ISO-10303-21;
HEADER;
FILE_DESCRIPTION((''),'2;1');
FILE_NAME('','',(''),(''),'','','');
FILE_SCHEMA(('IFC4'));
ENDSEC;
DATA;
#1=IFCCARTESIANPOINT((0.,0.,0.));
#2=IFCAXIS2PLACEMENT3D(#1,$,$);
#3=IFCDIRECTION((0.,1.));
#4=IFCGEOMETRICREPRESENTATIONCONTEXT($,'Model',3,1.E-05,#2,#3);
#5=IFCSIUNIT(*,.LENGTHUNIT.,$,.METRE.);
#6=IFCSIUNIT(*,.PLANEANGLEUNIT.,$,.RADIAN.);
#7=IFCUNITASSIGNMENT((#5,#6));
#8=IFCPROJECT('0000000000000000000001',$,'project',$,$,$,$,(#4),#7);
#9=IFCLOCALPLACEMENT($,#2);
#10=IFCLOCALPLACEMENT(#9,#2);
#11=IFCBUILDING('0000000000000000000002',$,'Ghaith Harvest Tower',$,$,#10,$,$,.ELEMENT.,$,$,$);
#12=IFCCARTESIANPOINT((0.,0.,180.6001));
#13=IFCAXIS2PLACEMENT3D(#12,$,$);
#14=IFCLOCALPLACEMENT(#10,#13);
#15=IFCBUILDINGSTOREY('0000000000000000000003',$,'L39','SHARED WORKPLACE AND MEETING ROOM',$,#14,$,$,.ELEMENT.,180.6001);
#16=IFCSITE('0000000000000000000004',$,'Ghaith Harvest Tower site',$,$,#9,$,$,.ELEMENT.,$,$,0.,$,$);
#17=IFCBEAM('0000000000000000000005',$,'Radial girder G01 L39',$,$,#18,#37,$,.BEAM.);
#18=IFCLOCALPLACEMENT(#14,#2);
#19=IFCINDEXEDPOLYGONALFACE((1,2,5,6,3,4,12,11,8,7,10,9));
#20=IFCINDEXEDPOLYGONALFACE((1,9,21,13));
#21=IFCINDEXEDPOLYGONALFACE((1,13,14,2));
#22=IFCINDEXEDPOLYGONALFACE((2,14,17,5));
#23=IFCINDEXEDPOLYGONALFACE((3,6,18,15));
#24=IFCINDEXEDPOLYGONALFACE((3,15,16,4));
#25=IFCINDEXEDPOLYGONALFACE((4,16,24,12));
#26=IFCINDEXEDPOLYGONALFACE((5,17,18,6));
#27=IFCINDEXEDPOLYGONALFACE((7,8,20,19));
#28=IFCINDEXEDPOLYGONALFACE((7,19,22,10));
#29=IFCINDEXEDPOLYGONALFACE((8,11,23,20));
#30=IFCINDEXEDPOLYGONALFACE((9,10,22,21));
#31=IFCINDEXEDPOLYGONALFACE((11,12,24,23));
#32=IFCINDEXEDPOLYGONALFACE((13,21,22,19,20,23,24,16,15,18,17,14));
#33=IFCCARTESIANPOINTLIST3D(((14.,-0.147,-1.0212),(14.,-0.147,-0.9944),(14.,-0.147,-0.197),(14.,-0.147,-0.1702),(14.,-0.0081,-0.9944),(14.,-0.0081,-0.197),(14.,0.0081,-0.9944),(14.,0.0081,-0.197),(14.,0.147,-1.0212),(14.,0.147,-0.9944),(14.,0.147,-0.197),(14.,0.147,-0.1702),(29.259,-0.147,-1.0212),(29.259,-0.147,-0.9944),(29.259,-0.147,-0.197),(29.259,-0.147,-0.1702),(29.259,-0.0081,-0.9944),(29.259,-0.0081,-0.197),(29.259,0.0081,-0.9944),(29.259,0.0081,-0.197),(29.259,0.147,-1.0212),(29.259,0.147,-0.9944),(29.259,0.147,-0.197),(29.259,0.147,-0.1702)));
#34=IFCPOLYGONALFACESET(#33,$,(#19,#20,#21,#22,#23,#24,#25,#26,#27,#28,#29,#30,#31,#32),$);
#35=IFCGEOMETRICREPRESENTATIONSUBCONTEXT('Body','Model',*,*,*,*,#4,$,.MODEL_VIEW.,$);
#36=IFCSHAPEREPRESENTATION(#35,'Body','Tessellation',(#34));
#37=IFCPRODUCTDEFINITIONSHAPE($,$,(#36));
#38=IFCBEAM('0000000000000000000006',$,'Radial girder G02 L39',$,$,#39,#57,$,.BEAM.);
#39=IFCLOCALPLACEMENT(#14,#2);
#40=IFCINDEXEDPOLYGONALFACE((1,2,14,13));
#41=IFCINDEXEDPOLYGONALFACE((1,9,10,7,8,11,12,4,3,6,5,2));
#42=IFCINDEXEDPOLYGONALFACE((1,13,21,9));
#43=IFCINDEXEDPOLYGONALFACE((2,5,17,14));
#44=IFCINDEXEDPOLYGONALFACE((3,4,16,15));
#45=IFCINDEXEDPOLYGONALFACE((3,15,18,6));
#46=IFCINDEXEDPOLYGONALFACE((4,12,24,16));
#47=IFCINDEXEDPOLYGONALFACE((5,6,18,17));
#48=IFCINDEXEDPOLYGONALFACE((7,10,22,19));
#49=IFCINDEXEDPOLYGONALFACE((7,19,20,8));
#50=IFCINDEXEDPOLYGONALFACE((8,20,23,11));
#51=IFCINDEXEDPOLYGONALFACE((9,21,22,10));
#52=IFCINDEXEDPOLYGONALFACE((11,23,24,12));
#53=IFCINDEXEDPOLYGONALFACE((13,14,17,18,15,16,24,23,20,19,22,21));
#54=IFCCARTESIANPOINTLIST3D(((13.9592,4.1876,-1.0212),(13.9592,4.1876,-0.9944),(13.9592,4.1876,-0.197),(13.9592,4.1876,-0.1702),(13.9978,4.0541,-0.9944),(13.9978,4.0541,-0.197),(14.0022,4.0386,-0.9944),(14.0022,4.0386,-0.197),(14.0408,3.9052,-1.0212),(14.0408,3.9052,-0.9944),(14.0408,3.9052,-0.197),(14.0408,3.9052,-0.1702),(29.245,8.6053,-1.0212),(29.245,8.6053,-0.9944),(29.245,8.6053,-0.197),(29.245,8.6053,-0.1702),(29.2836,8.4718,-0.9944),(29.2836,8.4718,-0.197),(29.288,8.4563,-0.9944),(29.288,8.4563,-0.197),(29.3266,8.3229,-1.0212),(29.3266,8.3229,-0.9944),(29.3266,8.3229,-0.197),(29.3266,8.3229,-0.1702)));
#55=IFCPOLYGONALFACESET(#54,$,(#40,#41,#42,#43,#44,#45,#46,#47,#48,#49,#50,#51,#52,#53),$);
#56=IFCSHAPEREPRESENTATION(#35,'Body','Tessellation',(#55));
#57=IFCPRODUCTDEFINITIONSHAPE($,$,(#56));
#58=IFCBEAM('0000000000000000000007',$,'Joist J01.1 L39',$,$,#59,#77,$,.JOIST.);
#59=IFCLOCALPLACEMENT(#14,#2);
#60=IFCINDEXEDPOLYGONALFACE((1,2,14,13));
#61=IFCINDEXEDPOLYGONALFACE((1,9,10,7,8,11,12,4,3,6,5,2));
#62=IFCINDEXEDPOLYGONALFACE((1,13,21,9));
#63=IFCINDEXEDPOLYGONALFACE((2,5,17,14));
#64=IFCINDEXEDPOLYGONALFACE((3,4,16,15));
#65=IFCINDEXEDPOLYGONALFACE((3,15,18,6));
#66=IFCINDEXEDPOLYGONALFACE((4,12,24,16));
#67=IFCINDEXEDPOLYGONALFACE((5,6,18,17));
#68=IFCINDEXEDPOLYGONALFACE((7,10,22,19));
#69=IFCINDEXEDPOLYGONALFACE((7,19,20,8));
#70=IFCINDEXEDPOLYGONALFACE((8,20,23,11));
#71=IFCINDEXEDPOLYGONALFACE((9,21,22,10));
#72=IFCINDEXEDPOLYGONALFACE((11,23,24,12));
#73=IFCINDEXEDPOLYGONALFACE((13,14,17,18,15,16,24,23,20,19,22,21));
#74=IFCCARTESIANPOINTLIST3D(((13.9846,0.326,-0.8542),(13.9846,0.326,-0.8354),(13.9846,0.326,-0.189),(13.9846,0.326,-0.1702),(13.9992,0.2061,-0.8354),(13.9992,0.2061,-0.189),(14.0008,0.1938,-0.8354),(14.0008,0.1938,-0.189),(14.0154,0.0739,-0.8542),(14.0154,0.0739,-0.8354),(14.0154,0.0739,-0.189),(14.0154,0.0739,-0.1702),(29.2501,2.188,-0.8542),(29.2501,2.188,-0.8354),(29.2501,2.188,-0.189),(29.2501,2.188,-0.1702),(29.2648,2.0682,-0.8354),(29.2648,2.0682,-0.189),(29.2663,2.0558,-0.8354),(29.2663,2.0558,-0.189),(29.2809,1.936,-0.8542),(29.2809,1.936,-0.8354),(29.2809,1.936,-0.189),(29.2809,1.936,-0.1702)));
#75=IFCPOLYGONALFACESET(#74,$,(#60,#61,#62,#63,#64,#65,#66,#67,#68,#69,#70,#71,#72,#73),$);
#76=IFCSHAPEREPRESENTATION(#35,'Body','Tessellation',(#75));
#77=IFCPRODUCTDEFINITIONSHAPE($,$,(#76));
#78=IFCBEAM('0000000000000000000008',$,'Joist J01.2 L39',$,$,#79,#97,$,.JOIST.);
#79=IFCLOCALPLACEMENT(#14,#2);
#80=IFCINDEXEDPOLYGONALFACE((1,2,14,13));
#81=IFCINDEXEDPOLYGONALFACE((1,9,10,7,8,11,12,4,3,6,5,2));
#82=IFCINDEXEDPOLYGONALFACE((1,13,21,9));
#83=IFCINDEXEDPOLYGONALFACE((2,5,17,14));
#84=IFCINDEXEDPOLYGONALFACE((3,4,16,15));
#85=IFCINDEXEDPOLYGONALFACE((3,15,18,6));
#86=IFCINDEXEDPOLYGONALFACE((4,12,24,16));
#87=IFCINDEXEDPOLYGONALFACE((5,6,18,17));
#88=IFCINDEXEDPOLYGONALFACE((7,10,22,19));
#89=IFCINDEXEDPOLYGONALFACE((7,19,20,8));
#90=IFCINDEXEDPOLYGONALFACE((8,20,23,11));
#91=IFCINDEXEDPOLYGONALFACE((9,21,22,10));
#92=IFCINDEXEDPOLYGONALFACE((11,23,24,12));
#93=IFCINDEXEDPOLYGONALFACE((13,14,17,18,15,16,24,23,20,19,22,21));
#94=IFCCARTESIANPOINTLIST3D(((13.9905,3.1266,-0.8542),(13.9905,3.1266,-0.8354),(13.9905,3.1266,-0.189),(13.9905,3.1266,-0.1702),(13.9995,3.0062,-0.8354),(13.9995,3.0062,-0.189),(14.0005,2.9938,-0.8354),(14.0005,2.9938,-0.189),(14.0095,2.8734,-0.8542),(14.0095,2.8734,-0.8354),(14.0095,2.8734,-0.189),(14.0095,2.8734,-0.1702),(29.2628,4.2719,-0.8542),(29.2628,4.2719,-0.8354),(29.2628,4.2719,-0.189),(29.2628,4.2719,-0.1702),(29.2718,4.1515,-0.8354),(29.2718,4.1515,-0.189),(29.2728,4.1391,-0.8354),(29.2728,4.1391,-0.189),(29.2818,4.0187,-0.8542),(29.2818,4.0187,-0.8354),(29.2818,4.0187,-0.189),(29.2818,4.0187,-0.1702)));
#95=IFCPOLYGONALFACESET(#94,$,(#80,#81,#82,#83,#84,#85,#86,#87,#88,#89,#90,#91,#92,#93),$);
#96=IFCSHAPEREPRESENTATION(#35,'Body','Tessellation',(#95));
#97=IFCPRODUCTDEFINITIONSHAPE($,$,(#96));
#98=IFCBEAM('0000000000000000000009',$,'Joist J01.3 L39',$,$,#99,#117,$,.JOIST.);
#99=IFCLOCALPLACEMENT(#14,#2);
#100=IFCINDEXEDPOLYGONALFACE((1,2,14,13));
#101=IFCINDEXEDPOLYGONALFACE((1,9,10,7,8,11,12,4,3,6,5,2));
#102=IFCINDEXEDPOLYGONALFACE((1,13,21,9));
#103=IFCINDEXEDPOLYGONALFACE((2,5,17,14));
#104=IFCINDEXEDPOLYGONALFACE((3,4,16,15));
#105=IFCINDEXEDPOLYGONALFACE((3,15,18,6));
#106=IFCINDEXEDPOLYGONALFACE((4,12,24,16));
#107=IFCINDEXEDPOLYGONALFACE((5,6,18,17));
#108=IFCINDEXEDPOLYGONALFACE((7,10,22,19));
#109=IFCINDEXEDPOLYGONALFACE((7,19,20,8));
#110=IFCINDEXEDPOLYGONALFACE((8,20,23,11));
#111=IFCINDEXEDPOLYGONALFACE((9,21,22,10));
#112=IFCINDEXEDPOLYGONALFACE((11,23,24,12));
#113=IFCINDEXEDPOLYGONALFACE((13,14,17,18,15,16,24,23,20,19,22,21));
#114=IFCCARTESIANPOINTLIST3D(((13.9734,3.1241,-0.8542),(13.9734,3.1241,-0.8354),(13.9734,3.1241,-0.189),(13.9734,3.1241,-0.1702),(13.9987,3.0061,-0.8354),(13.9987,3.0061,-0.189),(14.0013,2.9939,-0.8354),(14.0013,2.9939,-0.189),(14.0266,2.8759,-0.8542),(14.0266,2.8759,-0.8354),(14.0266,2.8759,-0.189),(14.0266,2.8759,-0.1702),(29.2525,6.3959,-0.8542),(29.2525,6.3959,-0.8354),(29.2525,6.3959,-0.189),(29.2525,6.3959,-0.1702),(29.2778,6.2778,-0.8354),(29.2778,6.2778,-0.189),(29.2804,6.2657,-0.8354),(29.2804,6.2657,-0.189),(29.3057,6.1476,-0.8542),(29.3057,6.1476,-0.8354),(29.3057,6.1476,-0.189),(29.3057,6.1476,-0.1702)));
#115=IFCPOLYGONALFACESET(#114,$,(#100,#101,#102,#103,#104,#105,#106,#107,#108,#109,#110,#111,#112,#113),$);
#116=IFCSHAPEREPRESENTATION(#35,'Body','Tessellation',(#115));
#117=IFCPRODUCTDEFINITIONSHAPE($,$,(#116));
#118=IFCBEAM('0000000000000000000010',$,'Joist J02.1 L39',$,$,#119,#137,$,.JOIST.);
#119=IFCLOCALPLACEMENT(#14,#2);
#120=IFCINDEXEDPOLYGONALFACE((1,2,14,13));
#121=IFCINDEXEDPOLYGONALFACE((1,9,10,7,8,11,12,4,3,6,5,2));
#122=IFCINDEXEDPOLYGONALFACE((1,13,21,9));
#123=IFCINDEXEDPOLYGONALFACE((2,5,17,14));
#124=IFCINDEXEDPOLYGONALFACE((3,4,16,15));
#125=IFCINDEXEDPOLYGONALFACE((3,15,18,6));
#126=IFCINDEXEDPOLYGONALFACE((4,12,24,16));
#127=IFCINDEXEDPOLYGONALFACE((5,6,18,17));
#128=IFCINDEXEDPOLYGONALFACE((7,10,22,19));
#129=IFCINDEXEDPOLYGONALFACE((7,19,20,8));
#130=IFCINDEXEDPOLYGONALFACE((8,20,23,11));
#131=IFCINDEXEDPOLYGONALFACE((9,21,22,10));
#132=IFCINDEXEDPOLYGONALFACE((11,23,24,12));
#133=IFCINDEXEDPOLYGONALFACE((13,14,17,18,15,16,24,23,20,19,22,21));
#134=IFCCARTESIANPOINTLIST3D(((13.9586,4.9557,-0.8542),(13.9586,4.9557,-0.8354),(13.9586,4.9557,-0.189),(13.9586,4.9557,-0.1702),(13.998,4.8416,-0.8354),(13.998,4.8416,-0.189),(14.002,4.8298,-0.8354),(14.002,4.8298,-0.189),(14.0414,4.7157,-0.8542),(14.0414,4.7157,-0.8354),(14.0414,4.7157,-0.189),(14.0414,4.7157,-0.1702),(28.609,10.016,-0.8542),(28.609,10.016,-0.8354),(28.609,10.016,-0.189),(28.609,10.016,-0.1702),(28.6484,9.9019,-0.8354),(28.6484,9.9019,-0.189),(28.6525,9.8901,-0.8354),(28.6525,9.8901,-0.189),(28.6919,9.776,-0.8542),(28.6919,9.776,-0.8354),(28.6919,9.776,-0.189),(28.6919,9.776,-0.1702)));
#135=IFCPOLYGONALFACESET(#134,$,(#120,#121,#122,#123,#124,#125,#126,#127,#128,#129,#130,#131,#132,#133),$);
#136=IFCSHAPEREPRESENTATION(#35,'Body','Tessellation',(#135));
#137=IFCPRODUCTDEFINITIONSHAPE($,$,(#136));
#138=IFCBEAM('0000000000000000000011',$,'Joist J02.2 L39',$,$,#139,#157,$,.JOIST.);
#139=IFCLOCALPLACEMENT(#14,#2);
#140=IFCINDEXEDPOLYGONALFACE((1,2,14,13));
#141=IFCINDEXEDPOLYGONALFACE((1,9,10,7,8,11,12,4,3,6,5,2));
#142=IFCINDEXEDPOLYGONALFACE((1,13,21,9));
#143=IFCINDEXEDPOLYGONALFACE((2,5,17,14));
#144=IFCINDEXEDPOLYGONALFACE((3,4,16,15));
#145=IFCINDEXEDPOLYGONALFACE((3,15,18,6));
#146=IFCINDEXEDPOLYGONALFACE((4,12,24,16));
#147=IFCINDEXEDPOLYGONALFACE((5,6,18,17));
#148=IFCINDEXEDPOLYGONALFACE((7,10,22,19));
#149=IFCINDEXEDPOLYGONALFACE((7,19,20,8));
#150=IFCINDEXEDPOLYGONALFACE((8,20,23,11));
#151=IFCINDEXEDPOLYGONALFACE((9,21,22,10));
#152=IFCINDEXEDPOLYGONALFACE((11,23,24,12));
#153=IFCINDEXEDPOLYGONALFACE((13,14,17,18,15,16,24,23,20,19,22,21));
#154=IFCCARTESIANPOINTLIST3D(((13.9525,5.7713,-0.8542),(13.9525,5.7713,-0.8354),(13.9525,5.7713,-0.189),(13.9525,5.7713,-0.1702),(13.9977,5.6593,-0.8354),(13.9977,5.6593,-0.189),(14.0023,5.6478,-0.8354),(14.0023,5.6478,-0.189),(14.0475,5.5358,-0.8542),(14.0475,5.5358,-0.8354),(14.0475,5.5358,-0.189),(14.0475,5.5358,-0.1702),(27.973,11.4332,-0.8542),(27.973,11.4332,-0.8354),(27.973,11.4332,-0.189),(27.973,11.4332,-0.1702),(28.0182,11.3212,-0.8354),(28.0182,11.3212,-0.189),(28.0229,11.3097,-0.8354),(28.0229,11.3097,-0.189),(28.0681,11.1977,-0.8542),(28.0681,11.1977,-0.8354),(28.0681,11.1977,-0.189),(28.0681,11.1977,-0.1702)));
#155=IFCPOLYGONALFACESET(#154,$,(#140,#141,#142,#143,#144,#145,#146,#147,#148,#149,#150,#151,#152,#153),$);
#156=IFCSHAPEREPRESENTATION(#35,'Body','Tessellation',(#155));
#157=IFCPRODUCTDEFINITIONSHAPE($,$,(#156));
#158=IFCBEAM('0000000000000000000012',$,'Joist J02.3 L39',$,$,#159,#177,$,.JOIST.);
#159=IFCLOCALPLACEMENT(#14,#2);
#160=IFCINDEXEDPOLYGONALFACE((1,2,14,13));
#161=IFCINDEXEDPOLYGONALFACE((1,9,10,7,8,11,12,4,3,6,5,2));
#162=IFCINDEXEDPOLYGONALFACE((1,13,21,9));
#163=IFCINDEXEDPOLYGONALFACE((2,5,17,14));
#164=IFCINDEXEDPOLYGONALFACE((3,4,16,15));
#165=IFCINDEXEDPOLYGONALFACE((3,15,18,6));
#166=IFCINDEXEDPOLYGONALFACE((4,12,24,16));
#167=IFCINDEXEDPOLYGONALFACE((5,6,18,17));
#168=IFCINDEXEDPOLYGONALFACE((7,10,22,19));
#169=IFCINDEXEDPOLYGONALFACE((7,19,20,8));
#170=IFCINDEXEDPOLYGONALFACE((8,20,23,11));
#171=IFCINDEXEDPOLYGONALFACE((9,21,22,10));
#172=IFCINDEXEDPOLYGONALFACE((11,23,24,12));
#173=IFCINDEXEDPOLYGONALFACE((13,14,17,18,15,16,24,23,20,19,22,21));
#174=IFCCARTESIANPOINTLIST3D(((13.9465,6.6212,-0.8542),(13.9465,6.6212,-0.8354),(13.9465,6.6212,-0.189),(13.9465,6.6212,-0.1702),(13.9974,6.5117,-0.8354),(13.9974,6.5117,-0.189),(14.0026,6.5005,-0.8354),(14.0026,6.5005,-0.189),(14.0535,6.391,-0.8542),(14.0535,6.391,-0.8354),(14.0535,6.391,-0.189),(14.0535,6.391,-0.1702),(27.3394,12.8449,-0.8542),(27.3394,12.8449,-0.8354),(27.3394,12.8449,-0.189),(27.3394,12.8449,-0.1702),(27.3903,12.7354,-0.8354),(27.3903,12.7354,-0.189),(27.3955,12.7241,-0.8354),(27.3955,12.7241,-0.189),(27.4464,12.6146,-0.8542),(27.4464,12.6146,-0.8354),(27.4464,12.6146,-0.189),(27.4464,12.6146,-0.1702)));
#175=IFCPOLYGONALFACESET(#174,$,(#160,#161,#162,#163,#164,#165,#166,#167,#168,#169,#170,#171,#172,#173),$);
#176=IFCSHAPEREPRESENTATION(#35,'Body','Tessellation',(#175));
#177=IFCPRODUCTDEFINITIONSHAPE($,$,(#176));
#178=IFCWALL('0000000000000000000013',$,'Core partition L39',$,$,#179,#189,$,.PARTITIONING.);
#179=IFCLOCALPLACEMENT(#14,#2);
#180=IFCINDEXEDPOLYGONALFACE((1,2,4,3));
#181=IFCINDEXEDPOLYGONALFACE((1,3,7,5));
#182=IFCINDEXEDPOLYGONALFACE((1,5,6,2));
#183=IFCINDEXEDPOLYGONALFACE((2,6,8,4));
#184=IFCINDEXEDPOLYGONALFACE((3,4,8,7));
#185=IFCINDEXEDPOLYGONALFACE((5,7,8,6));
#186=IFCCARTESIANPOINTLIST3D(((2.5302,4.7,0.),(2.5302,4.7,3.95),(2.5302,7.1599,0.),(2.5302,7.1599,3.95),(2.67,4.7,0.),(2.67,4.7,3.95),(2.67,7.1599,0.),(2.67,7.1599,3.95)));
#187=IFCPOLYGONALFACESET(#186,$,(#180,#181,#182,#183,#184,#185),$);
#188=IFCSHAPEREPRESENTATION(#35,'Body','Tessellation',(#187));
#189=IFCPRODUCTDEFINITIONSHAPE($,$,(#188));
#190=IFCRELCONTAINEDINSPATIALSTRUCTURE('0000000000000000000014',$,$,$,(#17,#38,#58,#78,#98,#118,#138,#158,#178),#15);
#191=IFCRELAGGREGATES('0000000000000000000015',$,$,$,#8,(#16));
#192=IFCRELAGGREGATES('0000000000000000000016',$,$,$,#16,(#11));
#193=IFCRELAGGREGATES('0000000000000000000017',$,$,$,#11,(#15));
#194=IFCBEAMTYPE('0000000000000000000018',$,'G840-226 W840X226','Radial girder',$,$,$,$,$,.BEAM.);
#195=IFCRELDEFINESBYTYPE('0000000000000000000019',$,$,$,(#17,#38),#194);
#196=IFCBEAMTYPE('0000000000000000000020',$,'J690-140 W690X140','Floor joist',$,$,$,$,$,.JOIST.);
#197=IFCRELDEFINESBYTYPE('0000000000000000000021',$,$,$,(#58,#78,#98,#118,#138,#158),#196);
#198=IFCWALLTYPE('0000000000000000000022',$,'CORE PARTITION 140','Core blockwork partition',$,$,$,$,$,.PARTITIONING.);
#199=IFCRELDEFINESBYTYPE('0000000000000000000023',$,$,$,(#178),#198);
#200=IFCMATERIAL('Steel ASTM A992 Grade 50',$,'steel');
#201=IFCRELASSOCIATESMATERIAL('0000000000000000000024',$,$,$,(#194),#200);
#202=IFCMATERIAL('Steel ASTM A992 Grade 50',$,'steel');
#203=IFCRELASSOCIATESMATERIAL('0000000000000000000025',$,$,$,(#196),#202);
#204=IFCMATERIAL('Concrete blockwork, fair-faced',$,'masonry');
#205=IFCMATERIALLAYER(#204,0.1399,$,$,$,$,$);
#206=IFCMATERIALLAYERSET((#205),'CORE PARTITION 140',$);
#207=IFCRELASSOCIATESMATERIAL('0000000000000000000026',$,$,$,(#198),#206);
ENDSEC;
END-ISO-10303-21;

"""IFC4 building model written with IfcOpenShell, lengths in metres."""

from ifc_helpers import new_model, si_unit, direction, frame, frame_2d, origin, origin_2d, place, context, subcontext, project, spatial, rectangle, i_section, extrude, material, layer, layer_set, material_profile, profile_set, type_object, element, save


model = new_model("IFC4")

# Units and contexts
model_context = context("Model", 3, precision=1e-05, world=origin(), true_north=direction((0.0, 1.0)))
body_context = subcontext(model_context, "Body", "Model", "MODEL_VIEW")
ifc_project = project(units=[si_unit("LENGTHUNIT", "METRE"), si_unit("PLANEANGLEUNIT", "RADIAN")], contexts=[model_context])

# Site, building, storey
site_placement = place(None, origin())
site = spatial("IfcSite", under=ifc_project, at=site_placement, Name="Ghaith Harvest Tower site", CompositionType="ELEMENT", RefElevation=0.0)
building_placement = place(site_placement, origin())
building = spatial("IfcBuilding", under=site, at=building_placement, Name="Ghaith Harvest Tower", CompositionType="ELEMENT")
storey_placement = place(building_placement, frame((0.0, 0.0, 180.6001)))
storey = spatial("IfcBuildingStorey", under=building, at=storey_placement, Name="L39", Description="SHARED WORKPLACE AND MEETING ROOM", CompositionType="ELEMENT", Elevation=180.6001)

# Beams
ifc_material_1 = material(Name="Steel ASTM A992 Grade 50", Category="steel")
ifc_material_profile_1 = material_profile(ifc_material_1, i_section(OverallWidth=0.2939, OverallDepth=0.8511, WebThickness=0.0161, FlangeThickness=0.0269, at=origin_2d()), Name="W840X226")
ifc_profile_set_1 = profile_set([ifc_material_profile_1], Name="Steel ASTM A992 Grade 50")
beam_type_1 = type_object("IfcBeamType", Name="G840-226 W840X226", Description="Radial girder", PredefinedType="BEAM", material=ifc_profile_set_1)
beam_1_placement = place(storey_placement, frame((14.0, 0.0, -0.5957), z_axis=(1.0, 0.0, 0.0), x_axis=(0.0, 1.0, 0.0)))
element("IfcBeam", 1, at=beam_1_placement, inside=storey, type_object=beam_type_1, Name="Radial girder G01 L39", PredefinedType="BEAM", context=body_context, shape_type="SweptSolid", body=[
    extrude(i_section(OverallWidth=0.2939, OverallDepth=0.8511, WebThickness=0.0161, FlangeThickness=0.0269, at=origin_2d()), origin(), (0.0, 0.0, 1.0), 15.259),
])
beam_2_placement = place(storey_placement, frame((14.0, 4.0464, -0.5957), z_axis=(0.960684, 0.277644, 0.0), x_axis=(-0.277644, 0.960684, 0.0)))
element("IfcBeam", 2, at=beam_2_placement, inside=storey, type_object=beam_type_1, Name="Radial girder G02 L39", PredefinedType="BEAM", context=body_context, shape_type="SweptSolid", body=[
    extrude(i_section(OverallWidth=0.2939, OverallDepth=0.8511, WebThickness=0.0161, FlangeThickness=0.0269, at=origin_2d()), origin(), (0.0, 0.0, 1.0), 15.9114),
])
ifc_material_2 = material(Name="Steel ASTM A992 Grade 50", Category="steel")
ifc_material_profile_2 = material_profile(ifc_material_2, i_section(OverallWidth=0.2539, OverallDepth=0.6841, WebThickness=0.0125, FlangeThickness=0.0188, at=origin_2d()), Name="W690X140")
ifc_profile_set_2 = profile_set([ifc_material_profile_2], Name="Steel ASTM A992 Grade 50")
beam_type_2 = type_object("IfcBeamType", Name="J690-140 W690X140", Description="Floor joist", PredefinedType="JOIST", material=ifc_profile_set_2)
beam_3_placement = place(storey_placement, frame((14.0, 0.2, -0.5122), z_axis=(0.992643, 0.12108, 0.0), x_axis=(-0.12108, 0.992643, 0.0)))
element("IfcBeam", 3, at=beam_3_placement, inside=storey, type_object=beam_type_2, Name="Joist J01.1 L39", PredefinedType="JOIST", context=body_context, shape_type="SweptSolid", body=[
    extrude(i_section(OverallWidth=0.2539, OverallDepth=0.6841, WebThickness=0.0125, FlangeThickness=0.0188, at=origin_2d()), origin(), (0.0, 0.0, 1.0), 15.3787),
])
beam_4_placement = place(storey_placement, frame((14.0, 3.0, -0.5122), z_axis=(0.9972, 0.07478, 0.0), x_axis=(-0.07478, 0.9972, 0.0)))
element("IfcBeam", 4, at=beam_4_placement, inside=storey, type_object=beam_type_2, Name="Joist J01.2 L39", PredefinedType="JOIST", context=body_context, shape_type="SweptSolid", body=[
    extrude(i_section(OverallWidth=0.2539, OverallDepth=0.6841, WebThickness=0.0125, FlangeThickness=0.0188, at=origin_2d()), origin(), (0.0, 0.0, 1.0), 15.3152),
])
beam_5_placement = place(storey_placement, frame((14.0, 3.0, -0.5122), z_axis=(0.977833, 0.209385, 0.0), x_axis=(-0.209385, 0.977833, 0.0)))
element("IfcBeam", 5, at=beam_5_placement, inside=storey, type_object=beam_type_2, Name="Joist J01.3 L39", PredefinedType="JOIST", context=body_context, shape_type="SweptSolid", body=[
    extrude(i_section(OverallWidth=0.2539, OverallDepth=0.6841, WebThickness=0.0125, FlangeThickness=0.0188, at=origin_2d()), origin(), (0.0, 0.0, 1.0), 15.6255),
])
beam_6_placement = place(storey_placement, frame((14.0, 4.8357, -0.5122), z_axis=(0.945205, 0.326478, 0.0), x_axis=(-0.326478, 0.945205, 0.0)))
element("IfcBeam", 6, at=beam_6_placement, inside=storey, type_object=beam_type_2, Name="Joist J02.1 L39", PredefinedType="JOIST", context=body_context, shape_type="SweptSolid", body=[
    extrude(i_section(OverallWidth=0.2539, OverallDepth=0.6841, WebThickness=0.0125, FlangeThickness=0.0188, at=origin_2d()), origin(), (0.0, 0.0, 1.0), 15.4998),
])
beam_7_placement = place(storey_placement, frame((14.0, 5.6536, -0.5122), z_axis=(0.927248, 0.374448, 0.0), x_axis=(-0.374448, 0.927248, 0.0)))
element("IfcBeam", 7, at=beam_7_placement, inside=storey, type_object=beam_type_2, Name="Joist J02.2 L39", PredefinedType="JOIST", context=body_context, shape_type="SweptSolid", body=[
    extrude(i_section(OverallWidth=0.2539, OverallDepth=0.6841, WebThickness=0.0125, FlangeThickness=0.0188, at=origin_2d()), origin(), (0.0, 0.0, 1.0), 15.1206),
])
beam_8_placement = place(storey_placement, frame((14.0, 6.5061, -0.5122), z_axis=(0.906866, 0.42142, 0.0), x_axis=(-0.42142, 0.906866, 0.0)))
element("IfcBeam", 8, at=beam_8_placement, inside=storey, type_object=beam_type_2, Name="Joist J02.3 L39", PredefinedType="JOIST", context=body_context, shape_type="SweptSolid", body=[
    extrude(i_section(OverallWidth=0.2539, OverallDepth=0.6841, WebThickness=0.0125, FlangeThickness=0.0188, at=origin_2d()), origin(), (0.0, 0.0, 1.0), 14.7683),
])

# Wall
ifc_material_3 = material(Name="Concrete blockwork, fair-faced", Category="masonry")
ifc_layer_1 = layer(ifc_material_3, 0.1399)
ifc_layer_set_1 = layer_set([ifc_layer_1], Name="CORE PARTITION 140")
wall_type_1 = type_object("IfcWallType", Name="CORE PARTITION 140", Description="Core blockwork partition", PredefinedType="PARTITIONING", material=ifc_layer_set_1)
wall_1_placement = place(storey_placement, frame((2.6001, 4.7, 0.0), z_axis=(0.0, 0.0, 1.0), x_axis=(0.0, 1.0, 0.0)))
element("IfcWall", 9, at=wall_1_placement, inside=storey, type_object=wall_type_1, Name="Core partition L39", PredefinedType="PARTITIONING", context=body_context, shape_type="SweptSolid", body=[
    extrude(rectangle(XDim=2.46, YDim=0.1399, at=frame_2d((1.23, 0.0))), origin(), (0.0, 0.0, 1.0), 3.95),
])

save(model, "model.ifc")
